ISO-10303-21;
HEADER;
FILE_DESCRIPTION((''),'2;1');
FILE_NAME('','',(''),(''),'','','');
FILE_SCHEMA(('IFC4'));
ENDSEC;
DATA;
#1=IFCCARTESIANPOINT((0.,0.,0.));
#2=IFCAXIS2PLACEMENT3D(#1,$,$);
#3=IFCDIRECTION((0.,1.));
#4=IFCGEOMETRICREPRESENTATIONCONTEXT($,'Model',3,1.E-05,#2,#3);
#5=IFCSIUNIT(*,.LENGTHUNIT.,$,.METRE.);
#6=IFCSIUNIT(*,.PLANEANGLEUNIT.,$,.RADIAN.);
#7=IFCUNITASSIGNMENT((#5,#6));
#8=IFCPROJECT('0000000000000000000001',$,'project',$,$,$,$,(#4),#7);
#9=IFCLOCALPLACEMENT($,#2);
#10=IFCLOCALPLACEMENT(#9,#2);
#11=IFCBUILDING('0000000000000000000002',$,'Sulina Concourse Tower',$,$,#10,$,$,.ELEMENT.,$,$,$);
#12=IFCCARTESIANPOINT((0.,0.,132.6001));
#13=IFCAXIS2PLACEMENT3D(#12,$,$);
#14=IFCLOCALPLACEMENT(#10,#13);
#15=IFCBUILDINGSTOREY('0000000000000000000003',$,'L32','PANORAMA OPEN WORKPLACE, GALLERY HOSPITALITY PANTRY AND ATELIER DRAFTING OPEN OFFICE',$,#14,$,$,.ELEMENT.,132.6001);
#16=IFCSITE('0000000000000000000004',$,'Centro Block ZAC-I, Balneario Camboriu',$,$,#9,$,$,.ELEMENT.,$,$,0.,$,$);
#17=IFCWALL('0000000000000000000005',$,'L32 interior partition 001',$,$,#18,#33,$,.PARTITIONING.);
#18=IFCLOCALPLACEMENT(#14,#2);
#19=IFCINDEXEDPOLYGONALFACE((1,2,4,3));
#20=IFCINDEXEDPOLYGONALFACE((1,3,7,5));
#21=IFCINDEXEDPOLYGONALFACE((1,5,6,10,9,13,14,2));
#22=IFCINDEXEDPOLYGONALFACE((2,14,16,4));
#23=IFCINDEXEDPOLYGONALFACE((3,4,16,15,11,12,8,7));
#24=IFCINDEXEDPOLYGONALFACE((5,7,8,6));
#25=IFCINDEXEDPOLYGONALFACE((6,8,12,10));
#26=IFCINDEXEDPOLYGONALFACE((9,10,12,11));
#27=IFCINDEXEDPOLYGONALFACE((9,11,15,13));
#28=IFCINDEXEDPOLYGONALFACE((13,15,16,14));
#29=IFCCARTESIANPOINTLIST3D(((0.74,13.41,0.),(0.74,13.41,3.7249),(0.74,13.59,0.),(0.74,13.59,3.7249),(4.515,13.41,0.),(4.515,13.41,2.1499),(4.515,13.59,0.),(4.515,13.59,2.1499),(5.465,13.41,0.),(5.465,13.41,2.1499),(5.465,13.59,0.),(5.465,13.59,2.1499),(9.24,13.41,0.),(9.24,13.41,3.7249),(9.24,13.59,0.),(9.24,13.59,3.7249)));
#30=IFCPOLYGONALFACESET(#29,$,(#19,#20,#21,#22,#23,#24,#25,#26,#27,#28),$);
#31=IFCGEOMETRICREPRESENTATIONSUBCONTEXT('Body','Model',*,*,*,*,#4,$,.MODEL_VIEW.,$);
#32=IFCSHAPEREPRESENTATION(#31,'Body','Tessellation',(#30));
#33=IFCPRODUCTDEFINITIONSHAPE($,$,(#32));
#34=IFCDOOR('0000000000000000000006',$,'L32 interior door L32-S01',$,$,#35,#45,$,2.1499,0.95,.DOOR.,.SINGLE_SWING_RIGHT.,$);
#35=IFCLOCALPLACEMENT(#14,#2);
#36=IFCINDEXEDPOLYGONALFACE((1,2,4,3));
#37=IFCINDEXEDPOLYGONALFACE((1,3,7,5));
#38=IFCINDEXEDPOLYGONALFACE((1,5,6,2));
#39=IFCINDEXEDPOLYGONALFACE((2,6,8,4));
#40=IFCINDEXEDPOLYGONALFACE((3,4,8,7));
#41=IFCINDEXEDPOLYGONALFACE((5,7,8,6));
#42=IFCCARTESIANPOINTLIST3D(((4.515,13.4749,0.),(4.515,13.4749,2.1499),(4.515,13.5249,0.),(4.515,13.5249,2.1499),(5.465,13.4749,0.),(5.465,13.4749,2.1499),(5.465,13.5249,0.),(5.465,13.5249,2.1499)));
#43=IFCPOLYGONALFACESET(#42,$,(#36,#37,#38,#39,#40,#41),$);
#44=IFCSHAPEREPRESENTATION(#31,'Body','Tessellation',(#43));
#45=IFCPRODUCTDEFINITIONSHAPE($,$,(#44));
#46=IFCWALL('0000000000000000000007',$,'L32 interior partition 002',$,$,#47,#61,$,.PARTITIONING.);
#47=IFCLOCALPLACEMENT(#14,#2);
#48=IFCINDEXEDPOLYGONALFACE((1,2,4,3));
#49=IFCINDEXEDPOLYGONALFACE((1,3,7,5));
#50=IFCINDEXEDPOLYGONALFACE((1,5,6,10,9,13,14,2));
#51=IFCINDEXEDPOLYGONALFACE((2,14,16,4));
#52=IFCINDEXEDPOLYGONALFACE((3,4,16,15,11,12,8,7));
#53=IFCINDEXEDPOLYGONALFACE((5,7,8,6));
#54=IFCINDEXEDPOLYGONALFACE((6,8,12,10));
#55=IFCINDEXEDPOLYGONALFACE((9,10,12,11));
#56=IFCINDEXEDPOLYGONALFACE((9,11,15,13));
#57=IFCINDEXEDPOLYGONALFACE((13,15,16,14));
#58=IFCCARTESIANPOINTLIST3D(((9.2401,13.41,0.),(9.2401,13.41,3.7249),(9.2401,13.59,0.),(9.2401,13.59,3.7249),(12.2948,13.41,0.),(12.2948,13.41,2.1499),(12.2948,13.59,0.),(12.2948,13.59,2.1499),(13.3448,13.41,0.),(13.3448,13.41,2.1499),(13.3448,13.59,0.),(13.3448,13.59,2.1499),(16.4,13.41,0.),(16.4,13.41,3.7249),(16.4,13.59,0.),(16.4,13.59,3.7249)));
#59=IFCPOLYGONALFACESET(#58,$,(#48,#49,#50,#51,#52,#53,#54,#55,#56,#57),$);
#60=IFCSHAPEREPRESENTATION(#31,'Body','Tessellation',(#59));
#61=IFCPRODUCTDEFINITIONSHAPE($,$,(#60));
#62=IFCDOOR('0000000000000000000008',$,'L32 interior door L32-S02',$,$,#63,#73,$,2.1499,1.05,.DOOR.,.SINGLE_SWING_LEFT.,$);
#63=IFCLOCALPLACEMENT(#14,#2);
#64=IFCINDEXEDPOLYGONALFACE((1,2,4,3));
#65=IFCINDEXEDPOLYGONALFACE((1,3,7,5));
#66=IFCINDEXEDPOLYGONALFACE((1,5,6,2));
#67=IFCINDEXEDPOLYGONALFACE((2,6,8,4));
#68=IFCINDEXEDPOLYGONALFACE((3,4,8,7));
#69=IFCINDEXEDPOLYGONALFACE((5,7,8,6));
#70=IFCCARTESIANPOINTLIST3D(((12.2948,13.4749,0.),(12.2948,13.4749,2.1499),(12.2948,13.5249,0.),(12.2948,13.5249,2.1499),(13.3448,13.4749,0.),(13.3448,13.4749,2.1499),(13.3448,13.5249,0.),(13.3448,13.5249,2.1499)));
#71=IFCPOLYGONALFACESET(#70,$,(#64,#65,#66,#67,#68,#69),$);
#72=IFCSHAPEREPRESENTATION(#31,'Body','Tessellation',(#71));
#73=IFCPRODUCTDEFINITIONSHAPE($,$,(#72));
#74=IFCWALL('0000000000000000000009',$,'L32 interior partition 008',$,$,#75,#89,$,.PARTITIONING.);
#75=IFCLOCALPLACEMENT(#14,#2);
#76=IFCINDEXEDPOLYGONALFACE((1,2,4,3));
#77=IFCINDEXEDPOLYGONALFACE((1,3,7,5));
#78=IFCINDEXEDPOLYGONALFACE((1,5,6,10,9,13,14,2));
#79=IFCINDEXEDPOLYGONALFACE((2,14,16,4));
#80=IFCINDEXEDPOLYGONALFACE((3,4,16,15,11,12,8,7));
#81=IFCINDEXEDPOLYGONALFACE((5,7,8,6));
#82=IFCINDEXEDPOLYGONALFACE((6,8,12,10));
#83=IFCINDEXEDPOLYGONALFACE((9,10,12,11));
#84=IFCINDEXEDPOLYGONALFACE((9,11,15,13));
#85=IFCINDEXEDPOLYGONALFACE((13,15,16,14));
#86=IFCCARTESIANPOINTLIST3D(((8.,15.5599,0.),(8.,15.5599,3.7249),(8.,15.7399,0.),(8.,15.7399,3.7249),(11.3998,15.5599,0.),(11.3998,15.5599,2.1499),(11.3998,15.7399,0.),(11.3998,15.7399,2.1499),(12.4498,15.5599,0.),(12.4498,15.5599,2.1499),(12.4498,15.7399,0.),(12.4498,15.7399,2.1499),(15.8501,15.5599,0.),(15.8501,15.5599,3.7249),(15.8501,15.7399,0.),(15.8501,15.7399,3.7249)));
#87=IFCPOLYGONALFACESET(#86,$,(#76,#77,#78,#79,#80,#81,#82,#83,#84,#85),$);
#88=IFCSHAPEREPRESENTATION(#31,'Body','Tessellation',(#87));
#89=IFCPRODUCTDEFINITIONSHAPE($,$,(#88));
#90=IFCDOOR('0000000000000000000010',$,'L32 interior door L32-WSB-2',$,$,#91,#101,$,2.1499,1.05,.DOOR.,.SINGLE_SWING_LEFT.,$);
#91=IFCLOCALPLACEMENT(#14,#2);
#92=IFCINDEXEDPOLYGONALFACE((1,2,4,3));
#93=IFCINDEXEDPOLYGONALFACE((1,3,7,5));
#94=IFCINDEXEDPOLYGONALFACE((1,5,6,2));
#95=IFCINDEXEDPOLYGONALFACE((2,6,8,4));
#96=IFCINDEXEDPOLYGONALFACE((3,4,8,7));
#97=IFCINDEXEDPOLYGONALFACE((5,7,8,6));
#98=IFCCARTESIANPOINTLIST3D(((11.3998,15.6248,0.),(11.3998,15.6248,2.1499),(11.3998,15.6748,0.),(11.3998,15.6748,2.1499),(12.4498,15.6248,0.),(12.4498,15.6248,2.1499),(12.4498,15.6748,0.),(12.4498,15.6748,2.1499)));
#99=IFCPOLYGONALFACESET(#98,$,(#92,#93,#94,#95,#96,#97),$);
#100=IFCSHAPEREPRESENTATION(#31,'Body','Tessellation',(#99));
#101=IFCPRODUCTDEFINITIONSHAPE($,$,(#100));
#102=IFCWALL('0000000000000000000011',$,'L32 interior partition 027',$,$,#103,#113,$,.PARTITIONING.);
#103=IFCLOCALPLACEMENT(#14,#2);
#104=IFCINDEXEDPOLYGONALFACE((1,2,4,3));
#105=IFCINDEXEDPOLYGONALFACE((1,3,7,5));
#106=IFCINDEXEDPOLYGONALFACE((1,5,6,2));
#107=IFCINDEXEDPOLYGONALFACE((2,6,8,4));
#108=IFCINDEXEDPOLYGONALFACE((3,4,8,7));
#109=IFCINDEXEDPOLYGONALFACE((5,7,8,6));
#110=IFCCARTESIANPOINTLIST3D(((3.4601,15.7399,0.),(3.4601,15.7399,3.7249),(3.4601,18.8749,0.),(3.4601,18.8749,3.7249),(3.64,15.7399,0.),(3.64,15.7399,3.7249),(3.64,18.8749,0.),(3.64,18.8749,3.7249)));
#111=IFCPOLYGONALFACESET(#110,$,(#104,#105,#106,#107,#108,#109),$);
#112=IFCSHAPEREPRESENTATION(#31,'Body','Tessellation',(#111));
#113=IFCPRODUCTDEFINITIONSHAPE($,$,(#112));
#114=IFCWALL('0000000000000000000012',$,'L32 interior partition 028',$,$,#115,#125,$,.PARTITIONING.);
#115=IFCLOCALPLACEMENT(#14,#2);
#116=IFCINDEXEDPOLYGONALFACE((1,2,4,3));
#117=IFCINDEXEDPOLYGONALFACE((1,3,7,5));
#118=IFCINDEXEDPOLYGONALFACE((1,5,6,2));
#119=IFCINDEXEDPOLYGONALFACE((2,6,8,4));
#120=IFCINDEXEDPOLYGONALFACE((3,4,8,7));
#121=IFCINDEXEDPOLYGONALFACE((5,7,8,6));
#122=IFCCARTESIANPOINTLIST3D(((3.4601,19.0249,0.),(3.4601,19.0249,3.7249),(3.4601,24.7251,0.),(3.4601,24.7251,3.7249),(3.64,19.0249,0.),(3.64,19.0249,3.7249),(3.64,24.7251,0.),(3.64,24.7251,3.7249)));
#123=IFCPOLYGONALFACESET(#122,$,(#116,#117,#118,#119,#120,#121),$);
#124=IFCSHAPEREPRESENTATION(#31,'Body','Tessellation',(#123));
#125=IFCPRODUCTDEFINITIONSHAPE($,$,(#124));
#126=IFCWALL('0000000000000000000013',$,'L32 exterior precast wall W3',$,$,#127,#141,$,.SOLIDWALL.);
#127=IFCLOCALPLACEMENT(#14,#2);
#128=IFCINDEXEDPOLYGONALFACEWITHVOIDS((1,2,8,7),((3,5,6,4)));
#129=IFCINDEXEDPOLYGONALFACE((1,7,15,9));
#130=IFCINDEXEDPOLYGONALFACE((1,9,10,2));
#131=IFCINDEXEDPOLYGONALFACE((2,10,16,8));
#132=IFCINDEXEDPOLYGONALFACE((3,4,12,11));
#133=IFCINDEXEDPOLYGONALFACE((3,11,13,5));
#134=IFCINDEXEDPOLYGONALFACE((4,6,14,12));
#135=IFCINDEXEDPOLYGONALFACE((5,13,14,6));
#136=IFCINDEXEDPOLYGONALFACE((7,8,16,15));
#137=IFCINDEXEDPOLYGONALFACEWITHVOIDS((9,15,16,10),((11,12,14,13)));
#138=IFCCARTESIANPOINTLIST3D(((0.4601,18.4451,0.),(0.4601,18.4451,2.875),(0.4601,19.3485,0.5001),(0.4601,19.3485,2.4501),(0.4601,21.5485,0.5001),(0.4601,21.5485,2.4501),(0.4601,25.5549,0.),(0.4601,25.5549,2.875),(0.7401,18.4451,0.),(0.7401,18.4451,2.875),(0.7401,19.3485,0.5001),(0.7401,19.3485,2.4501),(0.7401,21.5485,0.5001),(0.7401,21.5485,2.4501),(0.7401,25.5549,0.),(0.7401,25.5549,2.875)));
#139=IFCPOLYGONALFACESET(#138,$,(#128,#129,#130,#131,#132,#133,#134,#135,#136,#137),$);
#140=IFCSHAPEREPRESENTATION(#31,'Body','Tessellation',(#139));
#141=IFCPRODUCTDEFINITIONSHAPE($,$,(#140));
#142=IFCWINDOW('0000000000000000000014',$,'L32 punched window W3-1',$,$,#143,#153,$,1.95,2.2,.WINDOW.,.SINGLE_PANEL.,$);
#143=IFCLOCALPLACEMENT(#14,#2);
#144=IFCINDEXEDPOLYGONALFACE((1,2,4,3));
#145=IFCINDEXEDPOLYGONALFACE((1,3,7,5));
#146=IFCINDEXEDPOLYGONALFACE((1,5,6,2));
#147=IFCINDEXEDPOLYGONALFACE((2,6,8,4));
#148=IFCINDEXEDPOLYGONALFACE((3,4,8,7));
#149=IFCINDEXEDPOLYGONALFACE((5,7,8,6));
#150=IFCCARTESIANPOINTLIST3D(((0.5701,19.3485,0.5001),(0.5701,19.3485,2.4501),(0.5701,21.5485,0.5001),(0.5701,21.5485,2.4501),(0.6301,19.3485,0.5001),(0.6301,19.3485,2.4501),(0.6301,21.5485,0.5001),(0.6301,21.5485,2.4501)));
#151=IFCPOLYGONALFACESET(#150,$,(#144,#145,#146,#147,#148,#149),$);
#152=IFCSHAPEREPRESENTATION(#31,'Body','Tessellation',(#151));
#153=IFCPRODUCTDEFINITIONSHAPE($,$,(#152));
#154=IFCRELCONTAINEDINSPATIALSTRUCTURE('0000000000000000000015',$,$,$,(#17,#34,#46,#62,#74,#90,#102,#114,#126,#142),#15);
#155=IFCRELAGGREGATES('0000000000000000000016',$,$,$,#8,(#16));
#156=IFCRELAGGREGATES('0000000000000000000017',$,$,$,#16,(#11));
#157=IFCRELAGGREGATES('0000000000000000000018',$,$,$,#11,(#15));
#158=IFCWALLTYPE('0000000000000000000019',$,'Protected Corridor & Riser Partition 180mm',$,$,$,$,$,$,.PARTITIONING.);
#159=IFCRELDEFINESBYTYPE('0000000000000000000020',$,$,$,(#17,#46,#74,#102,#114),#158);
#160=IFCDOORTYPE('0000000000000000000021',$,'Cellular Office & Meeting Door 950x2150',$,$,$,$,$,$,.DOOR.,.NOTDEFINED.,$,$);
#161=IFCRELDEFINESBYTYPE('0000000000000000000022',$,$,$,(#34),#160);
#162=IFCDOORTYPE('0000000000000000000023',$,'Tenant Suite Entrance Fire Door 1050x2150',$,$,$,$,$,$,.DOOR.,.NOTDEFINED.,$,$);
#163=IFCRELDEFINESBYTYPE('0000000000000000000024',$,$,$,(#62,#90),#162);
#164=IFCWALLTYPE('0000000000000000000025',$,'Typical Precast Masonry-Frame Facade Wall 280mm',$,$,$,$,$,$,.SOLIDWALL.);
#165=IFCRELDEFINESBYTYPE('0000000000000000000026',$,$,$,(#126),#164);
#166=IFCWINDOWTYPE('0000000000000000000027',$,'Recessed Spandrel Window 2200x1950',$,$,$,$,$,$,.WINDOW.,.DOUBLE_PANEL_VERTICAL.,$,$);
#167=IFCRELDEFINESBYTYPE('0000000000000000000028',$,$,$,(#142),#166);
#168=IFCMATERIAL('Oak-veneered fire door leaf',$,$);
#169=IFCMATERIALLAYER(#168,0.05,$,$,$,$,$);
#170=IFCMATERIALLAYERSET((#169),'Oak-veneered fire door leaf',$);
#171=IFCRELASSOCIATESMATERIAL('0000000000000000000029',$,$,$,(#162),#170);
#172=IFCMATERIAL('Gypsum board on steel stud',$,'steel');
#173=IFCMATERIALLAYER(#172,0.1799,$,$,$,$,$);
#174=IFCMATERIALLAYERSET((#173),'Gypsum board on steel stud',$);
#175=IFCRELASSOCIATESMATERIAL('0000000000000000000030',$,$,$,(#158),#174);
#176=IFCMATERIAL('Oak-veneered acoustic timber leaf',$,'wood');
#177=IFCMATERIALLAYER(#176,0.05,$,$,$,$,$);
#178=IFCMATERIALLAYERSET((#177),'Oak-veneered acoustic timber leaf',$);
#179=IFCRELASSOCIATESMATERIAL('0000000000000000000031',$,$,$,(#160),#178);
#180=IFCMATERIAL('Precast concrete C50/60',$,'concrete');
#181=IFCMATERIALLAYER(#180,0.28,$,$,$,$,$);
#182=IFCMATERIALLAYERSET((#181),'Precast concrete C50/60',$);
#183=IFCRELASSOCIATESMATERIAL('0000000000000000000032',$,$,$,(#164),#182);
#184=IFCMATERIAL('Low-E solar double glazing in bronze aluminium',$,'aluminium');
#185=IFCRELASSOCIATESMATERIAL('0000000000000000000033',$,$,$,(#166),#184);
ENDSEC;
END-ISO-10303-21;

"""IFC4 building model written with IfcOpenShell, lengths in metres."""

from ifc_helpers import new_model, si_unit, direction, frame, frame_2d, origin, place, context, subcontext, project, spatial, rectangle, extrude, material, layer, layer_set, type_object, element, fill, save


model = new_model("IFC4")

# Units and contexts
model_context = context("Model", 3, precision=1e-05, world=origin(), true_north=direction((0.0, 1.0)))
body_context = subcontext(model_context, "Body", "Model", "MODEL_VIEW")
ifc_project = project(units=[si_unit("LENGTHUNIT", "METRE"), si_unit("PLANEANGLEUNIT", "RADIAN")], contexts=[model_context])

# Site, building, storey
site_placement = place(None, origin())
site = spatial("IfcSite", under=ifc_project, at=site_placement, Name="Centro Block ZAC-I, Balneario Camboriu", CompositionType="ELEMENT", RefElevation=0.0)
building_placement = place(site_placement, origin())
building = spatial("IfcBuilding", under=site, at=building_placement, Name="Sulina Concourse Tower", CompositionType="ELEMENT")
storey_placement = place(building_placement, frame((0.0, 0.0, 132.6001)))
storey = spatial("IfcBuildingStorey", under=building, at=storey_placement, Name="L32", Description="PANORAMA OPEN WORKPLACE, GALLERY HOSPITALITY PANTRY AND ATELIER DRAFTING OPEN OFFICE", CompositionType="ELEMENT", Elevation=132.6001)

# Shared definitions
ifc_material_1 = material(Name="Oak-veneered fire door leaf")
ifc_layer_1 = layer(ifc_material_1, 0.05)
ifc_layer_set_1 = layer_set([ifc_layer_1], Name="Oak-veneered fire door leaf")
door_type_1 = type_object("IfcDoorType", Name="Tenant Suite Entrance Fire Door 1050x2150", OperationType="NOTDEFINED", PredefinedType="DOOR", material=ifc_layer_set_1)

# Walls, openings, doors
ifc_material_2 = material(Name="Gypsum board on steel stud", Category="steel")
ifc_layer_2 = layer(ifc_material_2, 0.1799)
ifc_layer_set_2 = layer_set([ifc_layer_2], Name="Gypsum board on steel stud")
wall_type_1 = type_object("IfcWallType", Name="Protected Corridor & Riser Partition 180mm", PredefinedType="PARTITIONING", material=ifc_layer_set_2)
wall_1_placement = place(storey_placement, frame((0.74, 13.5, 0.0), z_axis=(0.0, 0.0, 1.0), x_axis=(1.0, 0.0, 0.0)))
wall_1 = element("IfcWall", 1, at=wall_1_placement, inside=storey, type_object=wall_type_1, Name="L32 interior partition 001", PredefinedType="PARTITIONING", context=body_context, shape_type="SweptSolid", body=[
    extrude(rectangle(XDim=8.5, YDim=0.1799, at=frame_2d((4.25, 0.0))), origin(), (0.0, 0.0, 1.0), 3.7249),
])
opening_1_placement = place(wall_1_placement, frame((3.7749, 0.0, 0.0)))
opening_1 = element("IfcOpeningElement", 2, at=opening_1_placement, cuts=wall_1, PredefinedType="OPENING", context=body_context, shape_type="SweptSolid", body=[
    extrude(rectangle(XDim=0.95, YDim=2.1499, at=frame_2d((0.4751, 1.075))), frame((0.0, 0.0999, 0.0), z_axis=(0.0, -1.0, 0.0), x_axis=(1.0, 0.0, 0.0)), (0.0, 0.0, 1.0), 0.2),
])
ifc_material_3 = material(Name="Oak-veneered acoustic timber leaf", Category="wood")
ifc_layer_3 = layer(ifc_material_3, 0.05)
ifc_layer_set_3 = layer_set([ifc_layer_3], Name="Oak-veneered acoustic timber leaf")
door_type_2 = type_object("IfcDoorType", Name="Cellular Office & Meeting Door 950x2150", OperationType="NOTDEFINED", PredefinedType="DOOR", material=ifc_layer_set_3)
door_1_placement = place(opening_1_placement, origin())
door_1 = element("IfcDoor", 3, at=door_1_placement, inside=storey, type_object=door_type_2, Name="L32 interior door L32-S01", OperationType="SINGLE_SWING_RIGHT", OverallHeight=2.1499, OverallWidth=0.95, PredefinedType="DOOR", context=body_context, shape_type="SweptSolid", body=[
    extrude(rectangle(XDim=0.95, YDim=2.1499, at=frame_2d((0.4751, 1.075))), frame((0.0, 0.0249, 0.0), z_axis=(0.0, -1.0, 0.0), x_axis=(1.0, 0.0, 0.0)), (0.0, 0.0, 1.0), 0.05),
])
fill(opening_1, door_1)
wall_2_placement = place(storey_placement, frame((9.24, 13.5, 0.0), z_axis=(0.0, 0.0, 1.0), x_axis=(1.0, 0.0, 0.0)))
wall_2 = element("IfcWall", 4, at=wall_2_placement, inside=storey, type_object=wall_type_1, Name="L32 interior partition 002", PredefinedType="PARTITIONING", context=body_context, shape_type="SweptSolid", body=[
    extrude(rectangle(XDim=7.1599, YDim=0.1799, at=frame_2d((3.5801, 0.0))), origin(), (0.0, 0.0, 1.0), 3.7249),
])
opening_2_placement = place(wall_2_placement, frame((3.0549, 0.0, 0.0)))
opening_2 = element("IfcOpeningElement", 5, at=opening_2_placement, cuts=wall_2, PredefinedType="OPENING", context=body_context, shape_type="SweptSolid", body=[
    extrude(rectangle(XDim=1.05, YDim=2.1499, at=frame_2d((0.5249, 1.075))), frame((0.0, 0.0999, 0.0), z_axis=(0.0, -1.0, 0.0), x_axis=(1.0, 0.0, 0.0)), (0.0, 0.0, 1.0), 0.2),
])
door_2_placement = place(opening_2_placement, origin())
door_2 = element("IfcDoor", 6, at=door_2_placement, inside=storey, type_object=door_type_1, Name="L32 interior door L32-S02", OperationType="SINGLE_SWING_LEFT", OverallHeight=2.1499, OverallWidth=1.05, PredefinedType="DOOR", context=body_context, shape_type="SweptSolid", body=[
    extrude(rectangle(XDim=1.05, YDim=2.1499, at=frame_2d((0.5249, 1.075))), frame((0.0, 0.0249, 0.0), z_axis=(0.0, -1.0, 0.0), x_axis=(1.0, 0.0, 0.0)), (0.0, 0.0, 1.0), 0.05),
])
fill(opening_2, door_2)
wall_3_placement = place(storey_placement, frame((8.0, 15.6499, 0.0), z_axis=(0.0, 0.0, 1.0), x_axis=(1.0, 0.0, 0.0)))
wall_3 = element("IfcWall", 7, at=wall_3_placement, inside=storey, type_object=wall_type_1, Name="L32 interior partition 008", PredefinedType="PARTITIONING", context=body_context, shape_type="SweptSolid", body=[
    extrude(rectangle(XDim=7.8501, YDim=0.1799, at=frame_2d((3.925, 0.0))), origin(), (0.0, 0.0, 1.0), 3.7249),
])
opening_3_placement = place(wall_3_placement, frame((3.3999, 0.0, 0.0)))
opening_3 = element("IfcOpeningElement", 8, at=opening_3_placement, cuts=wall_3, PredefinedType="OPENING", context=body_context, shape_type="SweptSolid", body=[
    extrude(rectangle(XDim=1.05, YDim=2.1499, at=frame_2d((0.5249, 1.075))), frame((0.0, 0.0999, 0.0), z_axis=(0.0, -1.0, 0.0), x_axis=(1.0, 0.0, 0.0)), (0.0, 0.0, 1.0), 0.2),
])
door_3_placement = place(opening_3_placement, origin())
door_3 = element("IfcDoor", 9, at=door_3_placement, inside=storey, type_object=door_type_1, Name="L32 interior door L32-WSB-2", OperationType="SINGLE_SWING_LEFT", OverallHeight=2.1499, OverallWidth=1.05, PredefinedType="DOOR", context=body_context, shape_type="SweptSolid", body=[
    extrude(rectangle(XDim=1.05, YDim=2.1499, at=frame_2d((0.5249, 1.075))), frame((0.0, 0.0249, 0.0), z_axis=(0.0, -1.0, 0.0), x_axis=(1.0, 0.0, 0.0)), (0.0, 0.0, 1.0), 0.05),
])
fill(opening_3, door_3)

# Walls
wall_4_placement = place(storey_placement, frame((3.55, 15.74, 0.0), z_axis=(0.0, 0.0, 1.0), x_axis=(0.0, 1.0, 0.0)))
element("IfcWall", 10, at=wall_4_placement, inside=storey, type_object=wall_type_1, Name="L32 interior partition 027", PredefinedType="PARTITIONING", context=body_context, shape_type="SweptSolid", body=[
    extrude(rectangle(XDim=3.135, YDim=0.1799, at=frame_2d((1.5674, 0.0))), origin(), (0.0, 0.0, 1.0), 3.7249),
])
wall_5_placement = place(storey_placement, frame((3.55, 19.0249, 0.0), z_axis=(0.0, 0.0, 1.0), x_axis=(0.0, 1.0, 0.0)))
element("IfcWall", 11, at=wall_5_placement, inside=storey, type_object=wall_type_1, Name="L32 interior partition 028", PredefinedType="PARTITIONING", context=body_context, shape_type="SweptSolid", body=[
    extrude(rectangle(XDim=5.7002, YDim=0.1799, at=frame_2d((2.8501, 0.0))), origin(), (0.0, 0.0, 1.0), 3.7249),
])

# Wall, opening, window
ifc_material_4 = material(Name="Precast concrete C50/60", Category="concrete")
ifc_layer_4 = layer(ifc_material_4, 0.28)
ifc_layer_set_4 = layer_set([ifc_layer_4], Name="Precast concrete C50/60")
wall_type_2 = type_object("IfcWallType", Name="Typical Precast Masonry-Frame Facade Wall 280mm", PredefinedType="SOLIDWALL", material=ifc_layer_set_4)
wall_6_placement = place(storey_placement, frame((0.6001, 18.4451, 0.0), z_axis=(0.0, 0.0, 1.0), x_axis=(0.0, 1.0, 0.0)))
wall_6 = element("IfcWall", 12, at=wall_6_placement, inside=storey, type_object=wall_type_2, Name="L32 exterior precast wall W3", PredefinedType="SOLIDWALL", context=body_context, shape_type="SweptSolid", body=[
    extrude(rectangle(XDim=7.1099, YDim=0.28, at=frame_2d((3.5549, 0.0))), origin(), (0.0, 0.0, 1.0), 2.875),
])
opening_4_placement = place(wall_6_placement, frame((0.9033, 0.0, 0.5)))
opening_4 = element("IfcOpeningElement", 13, at=opening_4_placement, cuts=wall_6, PredefinedType="OPENING", context=body_context, shape_type="SweptSolid", body=[
    extrude(rectangle(XDim=2.2, YDim=1.95, at=frame_2d((1.1001, 0.9751))), frame((0.0, 0.1499, 0.0), z_axis=(0.0, -1.0, 0.0), x_axis=(1.0, 0.0, 0.0)), (0.0, 0.0, 1.0), 0.3),
])
ifc_material_5 = material(Name="Low-E solar double glazing in bronze aluminium", Category="aluminium")
window_type = type_object("IfcWindowType", Name="Recessed Spandrel Window 2200x1950", PartitioningType="DOUBLE_PANEL_VERTICAL", PredefinedType="WINDOW", material=ifc_material_5)
window_placement = place(opening_4_placement, origin())
window = element("IfcWindow", 14, at=window_placement, inside=storey, type_object=window_type, Name="L32 punched window W3-1", OverallHeight=1.95, OverallWidth=2.2, PartitioningType="SINGLE_PANEL", PredefinedType="WINDOW", context=body_context, shape_type="SweptSolid", body=[
    extrude(rectangle(XDim=2.2, YDim=1.95, at=frame_2d((1.1001, 0.9751))), frame((0.0, 0.03, 0.0), z_axis=(0.0, -1.0, 0.0), x_axis=(1.0, 0.0, 0.0)), (0.0, 0.0, 1.0), 0.0601),
])
fill(opening_4, window)

save(model, "model.ifc")
